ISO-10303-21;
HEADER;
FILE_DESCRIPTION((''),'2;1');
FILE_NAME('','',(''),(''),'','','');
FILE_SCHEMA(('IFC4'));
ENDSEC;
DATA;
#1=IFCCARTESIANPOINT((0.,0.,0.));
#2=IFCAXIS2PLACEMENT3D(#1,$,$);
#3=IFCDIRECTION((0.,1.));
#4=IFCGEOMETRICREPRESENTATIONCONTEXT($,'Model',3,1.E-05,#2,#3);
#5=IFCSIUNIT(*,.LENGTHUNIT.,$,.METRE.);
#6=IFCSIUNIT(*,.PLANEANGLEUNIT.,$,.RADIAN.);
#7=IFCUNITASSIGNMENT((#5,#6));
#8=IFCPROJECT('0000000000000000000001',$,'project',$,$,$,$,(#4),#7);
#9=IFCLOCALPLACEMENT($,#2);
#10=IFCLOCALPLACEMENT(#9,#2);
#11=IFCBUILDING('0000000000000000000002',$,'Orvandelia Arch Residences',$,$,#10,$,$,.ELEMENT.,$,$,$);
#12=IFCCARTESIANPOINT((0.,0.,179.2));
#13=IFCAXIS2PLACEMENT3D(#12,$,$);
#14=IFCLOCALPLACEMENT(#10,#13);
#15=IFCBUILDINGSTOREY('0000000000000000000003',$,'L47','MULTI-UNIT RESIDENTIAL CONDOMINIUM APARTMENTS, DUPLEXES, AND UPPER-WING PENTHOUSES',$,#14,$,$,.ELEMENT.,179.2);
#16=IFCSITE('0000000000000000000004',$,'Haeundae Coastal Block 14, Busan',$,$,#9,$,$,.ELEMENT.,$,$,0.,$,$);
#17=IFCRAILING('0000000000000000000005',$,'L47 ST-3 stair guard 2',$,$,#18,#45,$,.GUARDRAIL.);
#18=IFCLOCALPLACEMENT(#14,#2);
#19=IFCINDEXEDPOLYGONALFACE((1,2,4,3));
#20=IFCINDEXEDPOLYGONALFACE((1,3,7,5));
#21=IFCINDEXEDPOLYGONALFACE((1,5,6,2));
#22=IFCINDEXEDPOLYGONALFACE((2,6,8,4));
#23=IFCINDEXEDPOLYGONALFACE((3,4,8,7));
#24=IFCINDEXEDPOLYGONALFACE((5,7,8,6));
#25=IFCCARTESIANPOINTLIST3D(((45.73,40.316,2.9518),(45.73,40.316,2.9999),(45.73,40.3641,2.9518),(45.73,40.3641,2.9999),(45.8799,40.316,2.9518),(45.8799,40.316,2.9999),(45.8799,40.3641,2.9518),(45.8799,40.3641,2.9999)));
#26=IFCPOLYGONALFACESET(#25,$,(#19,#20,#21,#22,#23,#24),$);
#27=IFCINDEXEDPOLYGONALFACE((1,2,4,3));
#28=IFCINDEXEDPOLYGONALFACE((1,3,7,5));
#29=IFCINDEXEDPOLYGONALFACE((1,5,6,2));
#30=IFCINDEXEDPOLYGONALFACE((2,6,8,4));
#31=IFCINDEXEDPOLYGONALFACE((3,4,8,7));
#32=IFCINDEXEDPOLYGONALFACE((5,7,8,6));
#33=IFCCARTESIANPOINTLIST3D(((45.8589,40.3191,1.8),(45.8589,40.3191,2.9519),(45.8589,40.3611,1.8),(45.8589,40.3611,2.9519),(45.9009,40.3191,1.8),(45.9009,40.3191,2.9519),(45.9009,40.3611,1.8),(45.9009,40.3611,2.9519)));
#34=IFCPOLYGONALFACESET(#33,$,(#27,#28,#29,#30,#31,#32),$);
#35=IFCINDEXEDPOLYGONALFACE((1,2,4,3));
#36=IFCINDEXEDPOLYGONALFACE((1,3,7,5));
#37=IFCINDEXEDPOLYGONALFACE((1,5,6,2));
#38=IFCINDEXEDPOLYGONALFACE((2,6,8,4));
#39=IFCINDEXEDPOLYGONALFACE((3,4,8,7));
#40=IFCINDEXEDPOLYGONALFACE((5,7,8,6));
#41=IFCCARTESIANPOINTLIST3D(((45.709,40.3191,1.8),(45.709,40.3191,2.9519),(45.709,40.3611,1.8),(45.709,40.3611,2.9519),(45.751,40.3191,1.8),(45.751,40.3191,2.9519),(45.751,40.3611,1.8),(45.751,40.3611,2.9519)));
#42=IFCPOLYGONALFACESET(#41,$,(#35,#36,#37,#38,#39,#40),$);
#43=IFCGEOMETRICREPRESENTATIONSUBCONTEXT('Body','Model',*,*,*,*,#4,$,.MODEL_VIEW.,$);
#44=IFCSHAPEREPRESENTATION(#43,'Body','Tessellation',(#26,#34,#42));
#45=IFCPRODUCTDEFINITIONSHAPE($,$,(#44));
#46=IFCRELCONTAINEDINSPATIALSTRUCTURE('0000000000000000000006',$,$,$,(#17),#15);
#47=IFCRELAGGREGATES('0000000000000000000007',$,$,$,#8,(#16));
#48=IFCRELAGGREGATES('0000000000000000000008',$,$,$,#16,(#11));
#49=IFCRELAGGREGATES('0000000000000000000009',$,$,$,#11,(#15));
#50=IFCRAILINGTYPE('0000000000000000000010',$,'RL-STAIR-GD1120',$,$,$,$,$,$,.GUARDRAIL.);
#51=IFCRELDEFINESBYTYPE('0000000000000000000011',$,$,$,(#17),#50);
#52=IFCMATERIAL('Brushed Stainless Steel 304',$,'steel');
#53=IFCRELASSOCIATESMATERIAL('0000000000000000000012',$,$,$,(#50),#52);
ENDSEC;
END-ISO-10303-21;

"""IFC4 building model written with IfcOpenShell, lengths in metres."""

from ifc_helpers import new_model, si_unit, direction, frame, origin, origin_2d, place, context, subcontext, project, spatial, rectangle, extrude, material, type_object, element, save


model = new_model("IFC4")

# Units and contexts
model_context = context("Model", 3, precision=1e-05, world=origin(), true_north=direction((0.0, 1.0)))
body_context = subcontext(model_context, "Body", "Model", "MODEL_VIEW")
ifc_project = project(units=[si_unit("LENGTHUNIT", "METRE"), si_unit("PLANEANGLEUNIT", "RADIAN")], contexts=[model_context])

# Site, building, storey
site_placement = place(None, origin())
site = spatial("IfcSite", under=ifc_project, at=site_placement, Name="Haeundae Coastal Block 14, Busan", CompositionType="ELEMENT", RefElevation=0.0)
building_placement = place(site_placement, origin())
building = spatial("IfcBuilding", under=site, at=building_placement, Name="Orvandelia Arch Residences", CompositionType="ELEMENT")
storey_placement = place(building_placement, frame((0.0, 0.0, 179.2)))
storey = spatial("IfcBuildingStorey", under=building, at=storey_placement, Name="L47", Description="MULTI-UNIT RESIDENTIAL CONDOMINIUM APARTMENTS, DUPLEXES, AND UPPER-WING PENTHOUSES", CompositionType="ELEMENT", Elevation=179.2)

# Railing
ifc_material_1 = material(Name="Brushed Stainless Steel 304", Category="steel")
railing_type = type_object("IfcRailingType", Name="RL-STAIR-GD1120", PredefinedType="GUARDRAIL", material=ifc_material_1)
railing_placement = place(storey_placement, frame((45.8799, 40.3401, 1.8)))
element("IfcRailing", 1, at=railing_placement, inside=storey, type_object=railing_type, Name="L47 ST-3 stair guard 2", PredefinedType="GUARDRAIL", context=body_context, shape_type="SweptSolid", body=[
    extrude(rectangle(XDim=0.0481, YDim=0.0481, at=origin_2d()), frame((0.0, 0.0, 1.1758), z_axis=(-1.0, 0.0, 0.0), x_axis=(0.0, -1.0, 0.0)), (0.0, 0.0, 1.0), 0.1499),
    extrude(rectangle(XDim=0.042, YDim=0.042, at=origin_2d()), origin(), (0.0, 0.0, 1.0), 1.1519),
    extrude(rectangle(XDim=0.042, YDim=0.042, at=origin_2d()), frame((-0.1499, 0.0, 0.0)), (0.0, 0.0, 1.0), 1.1519),
])

save(model, "model.ifc")
